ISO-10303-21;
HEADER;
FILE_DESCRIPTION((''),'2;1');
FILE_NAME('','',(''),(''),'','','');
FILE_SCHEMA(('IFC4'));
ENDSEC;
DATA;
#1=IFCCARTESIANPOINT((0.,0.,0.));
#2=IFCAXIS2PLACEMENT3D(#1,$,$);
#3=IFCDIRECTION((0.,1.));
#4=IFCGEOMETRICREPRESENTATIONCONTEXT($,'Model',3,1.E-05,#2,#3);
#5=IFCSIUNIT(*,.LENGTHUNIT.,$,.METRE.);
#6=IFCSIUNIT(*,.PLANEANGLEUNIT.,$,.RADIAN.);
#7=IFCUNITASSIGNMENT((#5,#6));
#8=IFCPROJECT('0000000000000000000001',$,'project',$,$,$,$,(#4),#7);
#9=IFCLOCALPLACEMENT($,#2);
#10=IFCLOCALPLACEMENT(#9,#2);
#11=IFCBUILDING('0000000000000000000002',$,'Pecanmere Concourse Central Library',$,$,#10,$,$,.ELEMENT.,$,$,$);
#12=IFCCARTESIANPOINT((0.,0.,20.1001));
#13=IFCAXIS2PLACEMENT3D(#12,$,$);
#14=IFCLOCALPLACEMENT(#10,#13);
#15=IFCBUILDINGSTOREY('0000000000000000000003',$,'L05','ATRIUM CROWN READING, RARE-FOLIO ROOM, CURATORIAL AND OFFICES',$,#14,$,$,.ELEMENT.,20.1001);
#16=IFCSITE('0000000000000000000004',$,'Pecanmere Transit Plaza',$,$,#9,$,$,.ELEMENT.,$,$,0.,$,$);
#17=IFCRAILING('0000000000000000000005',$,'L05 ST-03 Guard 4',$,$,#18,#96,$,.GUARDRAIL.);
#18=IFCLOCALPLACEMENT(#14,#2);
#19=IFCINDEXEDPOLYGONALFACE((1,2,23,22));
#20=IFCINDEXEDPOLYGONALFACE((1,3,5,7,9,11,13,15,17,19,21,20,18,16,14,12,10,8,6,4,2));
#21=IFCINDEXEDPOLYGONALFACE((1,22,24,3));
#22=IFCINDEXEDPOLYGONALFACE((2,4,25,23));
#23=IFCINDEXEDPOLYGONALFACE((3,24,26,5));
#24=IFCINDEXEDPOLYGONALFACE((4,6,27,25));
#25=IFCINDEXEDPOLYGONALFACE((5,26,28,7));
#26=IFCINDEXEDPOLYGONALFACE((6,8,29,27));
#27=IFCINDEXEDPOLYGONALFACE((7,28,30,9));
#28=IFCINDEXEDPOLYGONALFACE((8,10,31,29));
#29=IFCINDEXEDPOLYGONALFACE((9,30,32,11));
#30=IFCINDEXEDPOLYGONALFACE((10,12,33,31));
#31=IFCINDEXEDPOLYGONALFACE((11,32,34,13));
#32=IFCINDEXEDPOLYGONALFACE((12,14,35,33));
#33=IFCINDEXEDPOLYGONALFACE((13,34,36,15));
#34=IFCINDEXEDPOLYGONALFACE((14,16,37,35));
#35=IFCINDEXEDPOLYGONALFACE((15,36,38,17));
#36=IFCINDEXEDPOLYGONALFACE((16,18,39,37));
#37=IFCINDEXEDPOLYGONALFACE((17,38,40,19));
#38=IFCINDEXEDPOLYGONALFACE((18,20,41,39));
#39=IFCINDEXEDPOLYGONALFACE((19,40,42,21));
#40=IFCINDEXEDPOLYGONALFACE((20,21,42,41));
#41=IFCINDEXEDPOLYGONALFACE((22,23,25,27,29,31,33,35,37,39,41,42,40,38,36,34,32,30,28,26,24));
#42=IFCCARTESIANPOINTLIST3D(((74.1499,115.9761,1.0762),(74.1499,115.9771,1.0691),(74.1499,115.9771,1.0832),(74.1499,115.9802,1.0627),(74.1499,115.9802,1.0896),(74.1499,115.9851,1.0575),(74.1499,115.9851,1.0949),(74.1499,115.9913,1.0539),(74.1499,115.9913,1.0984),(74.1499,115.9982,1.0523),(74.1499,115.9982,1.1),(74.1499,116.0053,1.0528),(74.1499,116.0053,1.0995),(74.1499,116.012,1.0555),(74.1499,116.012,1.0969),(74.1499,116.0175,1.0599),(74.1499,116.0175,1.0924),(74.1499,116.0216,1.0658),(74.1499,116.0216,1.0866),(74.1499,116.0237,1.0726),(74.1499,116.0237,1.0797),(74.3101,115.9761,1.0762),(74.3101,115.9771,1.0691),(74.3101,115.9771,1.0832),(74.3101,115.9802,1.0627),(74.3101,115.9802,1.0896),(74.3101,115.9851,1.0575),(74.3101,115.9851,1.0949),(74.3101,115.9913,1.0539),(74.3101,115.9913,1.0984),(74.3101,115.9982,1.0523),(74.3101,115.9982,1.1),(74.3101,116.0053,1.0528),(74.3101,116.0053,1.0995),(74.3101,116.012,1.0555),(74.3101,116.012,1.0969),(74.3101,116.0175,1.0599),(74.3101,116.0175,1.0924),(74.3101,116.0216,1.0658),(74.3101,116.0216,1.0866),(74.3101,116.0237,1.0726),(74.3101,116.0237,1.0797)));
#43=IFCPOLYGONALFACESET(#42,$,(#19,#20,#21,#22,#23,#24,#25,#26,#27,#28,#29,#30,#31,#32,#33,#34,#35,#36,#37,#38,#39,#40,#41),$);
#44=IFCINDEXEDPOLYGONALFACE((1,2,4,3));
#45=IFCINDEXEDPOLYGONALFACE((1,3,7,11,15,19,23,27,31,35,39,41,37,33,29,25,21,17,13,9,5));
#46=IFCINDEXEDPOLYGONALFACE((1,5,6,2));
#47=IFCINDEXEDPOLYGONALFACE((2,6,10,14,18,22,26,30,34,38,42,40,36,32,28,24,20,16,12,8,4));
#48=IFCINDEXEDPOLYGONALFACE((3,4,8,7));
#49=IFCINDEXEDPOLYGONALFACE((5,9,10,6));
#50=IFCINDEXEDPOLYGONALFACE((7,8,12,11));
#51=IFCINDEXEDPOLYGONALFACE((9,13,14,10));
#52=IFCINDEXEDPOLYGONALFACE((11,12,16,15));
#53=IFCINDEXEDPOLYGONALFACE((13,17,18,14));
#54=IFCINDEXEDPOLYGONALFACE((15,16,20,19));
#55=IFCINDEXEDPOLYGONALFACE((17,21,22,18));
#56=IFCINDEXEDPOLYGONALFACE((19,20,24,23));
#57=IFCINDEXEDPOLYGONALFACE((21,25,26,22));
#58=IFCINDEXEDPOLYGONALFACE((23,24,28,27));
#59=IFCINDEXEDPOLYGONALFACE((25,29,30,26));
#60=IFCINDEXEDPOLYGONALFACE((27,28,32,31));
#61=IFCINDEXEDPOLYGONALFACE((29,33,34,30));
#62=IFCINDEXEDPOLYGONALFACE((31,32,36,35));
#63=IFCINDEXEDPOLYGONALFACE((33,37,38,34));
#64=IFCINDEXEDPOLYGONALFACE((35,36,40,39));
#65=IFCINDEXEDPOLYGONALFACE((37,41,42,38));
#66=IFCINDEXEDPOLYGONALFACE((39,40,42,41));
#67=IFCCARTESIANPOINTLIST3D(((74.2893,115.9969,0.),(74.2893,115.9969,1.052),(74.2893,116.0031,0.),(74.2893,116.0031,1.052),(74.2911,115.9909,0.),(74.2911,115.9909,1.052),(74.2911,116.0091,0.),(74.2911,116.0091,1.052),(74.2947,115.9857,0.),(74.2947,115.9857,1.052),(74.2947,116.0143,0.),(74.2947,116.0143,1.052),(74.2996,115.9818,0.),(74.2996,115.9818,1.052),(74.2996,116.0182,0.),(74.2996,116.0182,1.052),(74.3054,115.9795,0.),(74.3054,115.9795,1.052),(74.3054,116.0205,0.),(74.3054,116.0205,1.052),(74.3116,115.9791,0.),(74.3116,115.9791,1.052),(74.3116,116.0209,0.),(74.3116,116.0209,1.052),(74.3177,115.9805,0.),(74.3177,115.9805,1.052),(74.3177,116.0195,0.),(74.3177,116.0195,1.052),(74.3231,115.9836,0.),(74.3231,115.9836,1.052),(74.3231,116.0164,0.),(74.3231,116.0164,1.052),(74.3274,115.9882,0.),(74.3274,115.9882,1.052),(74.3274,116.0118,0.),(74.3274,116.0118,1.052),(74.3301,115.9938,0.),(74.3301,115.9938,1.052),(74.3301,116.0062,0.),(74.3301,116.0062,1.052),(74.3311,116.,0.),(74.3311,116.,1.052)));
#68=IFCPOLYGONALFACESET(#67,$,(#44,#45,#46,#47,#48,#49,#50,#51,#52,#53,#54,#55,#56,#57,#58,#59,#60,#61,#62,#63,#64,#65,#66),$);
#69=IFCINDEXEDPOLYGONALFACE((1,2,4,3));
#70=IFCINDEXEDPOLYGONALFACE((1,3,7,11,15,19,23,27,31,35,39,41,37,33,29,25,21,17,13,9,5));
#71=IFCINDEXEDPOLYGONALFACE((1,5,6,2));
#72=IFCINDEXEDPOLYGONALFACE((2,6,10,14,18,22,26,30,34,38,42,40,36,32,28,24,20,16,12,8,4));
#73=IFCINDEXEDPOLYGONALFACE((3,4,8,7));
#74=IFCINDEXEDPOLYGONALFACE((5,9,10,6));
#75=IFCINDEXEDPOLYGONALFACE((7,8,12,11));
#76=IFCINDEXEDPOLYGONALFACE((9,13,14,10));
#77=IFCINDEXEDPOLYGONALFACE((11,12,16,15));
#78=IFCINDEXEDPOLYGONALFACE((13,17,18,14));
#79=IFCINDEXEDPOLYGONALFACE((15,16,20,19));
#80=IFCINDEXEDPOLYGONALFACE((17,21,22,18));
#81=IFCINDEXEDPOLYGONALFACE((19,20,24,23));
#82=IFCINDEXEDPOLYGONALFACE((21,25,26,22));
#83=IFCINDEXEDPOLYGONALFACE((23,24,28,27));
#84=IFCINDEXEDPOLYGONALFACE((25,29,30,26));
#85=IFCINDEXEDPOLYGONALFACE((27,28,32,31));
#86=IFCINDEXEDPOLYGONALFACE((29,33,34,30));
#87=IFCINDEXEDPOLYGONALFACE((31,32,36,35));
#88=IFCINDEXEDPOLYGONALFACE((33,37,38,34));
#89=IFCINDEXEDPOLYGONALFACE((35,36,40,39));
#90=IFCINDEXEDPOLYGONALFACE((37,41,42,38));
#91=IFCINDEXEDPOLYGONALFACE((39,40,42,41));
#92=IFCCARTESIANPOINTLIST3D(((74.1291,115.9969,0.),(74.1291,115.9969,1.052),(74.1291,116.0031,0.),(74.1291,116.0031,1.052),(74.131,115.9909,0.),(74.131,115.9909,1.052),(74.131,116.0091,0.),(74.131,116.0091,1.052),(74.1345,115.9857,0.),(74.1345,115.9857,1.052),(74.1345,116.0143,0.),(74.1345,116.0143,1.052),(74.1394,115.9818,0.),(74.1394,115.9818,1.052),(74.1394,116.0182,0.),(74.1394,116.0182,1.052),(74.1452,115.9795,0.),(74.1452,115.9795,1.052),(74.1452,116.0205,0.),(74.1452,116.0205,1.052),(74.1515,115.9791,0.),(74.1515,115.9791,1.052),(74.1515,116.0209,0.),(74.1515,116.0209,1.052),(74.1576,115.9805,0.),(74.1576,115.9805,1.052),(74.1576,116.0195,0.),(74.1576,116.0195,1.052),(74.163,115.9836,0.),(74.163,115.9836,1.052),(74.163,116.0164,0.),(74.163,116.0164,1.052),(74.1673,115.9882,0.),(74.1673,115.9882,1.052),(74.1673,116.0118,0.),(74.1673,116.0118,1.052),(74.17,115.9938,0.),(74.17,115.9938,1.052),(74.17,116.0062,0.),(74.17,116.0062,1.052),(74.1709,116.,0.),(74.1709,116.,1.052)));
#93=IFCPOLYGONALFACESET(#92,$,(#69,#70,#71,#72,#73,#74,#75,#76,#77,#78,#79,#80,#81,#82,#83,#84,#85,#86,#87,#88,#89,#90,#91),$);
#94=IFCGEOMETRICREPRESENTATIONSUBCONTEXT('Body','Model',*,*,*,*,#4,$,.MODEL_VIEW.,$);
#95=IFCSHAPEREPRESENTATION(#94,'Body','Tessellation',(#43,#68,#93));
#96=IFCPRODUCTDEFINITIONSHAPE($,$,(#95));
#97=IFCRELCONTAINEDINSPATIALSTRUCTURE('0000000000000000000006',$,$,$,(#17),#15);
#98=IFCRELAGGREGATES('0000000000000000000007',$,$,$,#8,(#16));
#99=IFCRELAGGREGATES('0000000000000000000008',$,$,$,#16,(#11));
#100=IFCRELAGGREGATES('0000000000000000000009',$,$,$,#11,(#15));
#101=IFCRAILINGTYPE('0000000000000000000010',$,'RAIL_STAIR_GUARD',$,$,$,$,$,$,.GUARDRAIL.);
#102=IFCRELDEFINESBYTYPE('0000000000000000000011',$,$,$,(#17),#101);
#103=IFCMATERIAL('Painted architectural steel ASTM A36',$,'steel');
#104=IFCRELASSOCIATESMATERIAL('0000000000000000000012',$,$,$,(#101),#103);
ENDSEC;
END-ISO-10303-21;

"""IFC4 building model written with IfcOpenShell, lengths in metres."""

from ifc_helpers import new_model, si_unit, direction, frame, origin, origin_2d, place, context, subcontext, project, spatial, circle, extrude, material, type_object, element, save


model = new_model("IFC4")

# Units and contexts
model_context = context("Model", 3, precision=1e-05, world=origin(), true_north=direction((0.0, 1.0)))
body_context = subcontext(model_context, "Body", "Model", "MODEL_VIEW")
ifc_project = project(units=[si_unit("LENGTHUNIT", "METRE"), si_unit("PLANEANGLEUNIT", "RADIAN")], contexts=[model_context])

# Site, building, storey
site_placement = place(None, origin())
site = spatial("IfcSite", under=ifc_project, at=site_placement, Name="Pecanmere Transit Plaza", CompositionType="ELEMENT", RefElevation=0.0)
building_placement = place(site_placement, origin())
building = spatial("IfcBuilding", under=site, at=building_placement, Name="Pecanmere Concourse Central Library", CompositionType="ELEMENT")
storey_placement = place(building_placement, frame((0.0, 0.0, 20.1001)))
storey = spatial("IfcBuildingStorey", under=building, at=storey_placement, Name="L05", Description="ATRIUM CROWN READING, RARE-FOLIO ROOM, CURATORIAL AND OFFICES", CompositionType="ELEMENT", Elevation=20.1001)

# Railing
ifc_material_1 = material(Name="Painted architectural steel ASTM A36", Category="steel")
railing_type_1 = type_object("IfcRailingType", Name="RAIL_STAIR_GUARD", PredefinedType="GUARDRAIL", material=ifc_material_1)
railing_1_placement = place(storey_placement, frame((74.3101, 116.0, 0.0)))
element("IfcRailing", 1, at=railing_1_placement, inside=storey, type_object=railing_type_1, Name="L05 ST-03 Guard 4", PredefinedType="GUARDRAIL", context=body_context, shape_type="SweptSolid", body=[
    extrude(circle(Radius=0.0239, at=origin_2d()), frame((0.0, 0.0, 1.0762), z_axis=(-1.0, 0.0, 0.0), x_axis=(0.0, -1.0, 0.0)), (0.0, 0.0, 1.0), 0.1602),
    extrude(circle(Radius=0.021, at=origin_2d()), origin(), (0.0, 0.0, 1.0), 1.052),
    extrude(circle(Radius=0.021, at=origin_2d()), frame((-0.1602, 0.0, 0.0)), (0.0, 0.0, 1.0), 1.052),
])

save(model, "model.ifc")
